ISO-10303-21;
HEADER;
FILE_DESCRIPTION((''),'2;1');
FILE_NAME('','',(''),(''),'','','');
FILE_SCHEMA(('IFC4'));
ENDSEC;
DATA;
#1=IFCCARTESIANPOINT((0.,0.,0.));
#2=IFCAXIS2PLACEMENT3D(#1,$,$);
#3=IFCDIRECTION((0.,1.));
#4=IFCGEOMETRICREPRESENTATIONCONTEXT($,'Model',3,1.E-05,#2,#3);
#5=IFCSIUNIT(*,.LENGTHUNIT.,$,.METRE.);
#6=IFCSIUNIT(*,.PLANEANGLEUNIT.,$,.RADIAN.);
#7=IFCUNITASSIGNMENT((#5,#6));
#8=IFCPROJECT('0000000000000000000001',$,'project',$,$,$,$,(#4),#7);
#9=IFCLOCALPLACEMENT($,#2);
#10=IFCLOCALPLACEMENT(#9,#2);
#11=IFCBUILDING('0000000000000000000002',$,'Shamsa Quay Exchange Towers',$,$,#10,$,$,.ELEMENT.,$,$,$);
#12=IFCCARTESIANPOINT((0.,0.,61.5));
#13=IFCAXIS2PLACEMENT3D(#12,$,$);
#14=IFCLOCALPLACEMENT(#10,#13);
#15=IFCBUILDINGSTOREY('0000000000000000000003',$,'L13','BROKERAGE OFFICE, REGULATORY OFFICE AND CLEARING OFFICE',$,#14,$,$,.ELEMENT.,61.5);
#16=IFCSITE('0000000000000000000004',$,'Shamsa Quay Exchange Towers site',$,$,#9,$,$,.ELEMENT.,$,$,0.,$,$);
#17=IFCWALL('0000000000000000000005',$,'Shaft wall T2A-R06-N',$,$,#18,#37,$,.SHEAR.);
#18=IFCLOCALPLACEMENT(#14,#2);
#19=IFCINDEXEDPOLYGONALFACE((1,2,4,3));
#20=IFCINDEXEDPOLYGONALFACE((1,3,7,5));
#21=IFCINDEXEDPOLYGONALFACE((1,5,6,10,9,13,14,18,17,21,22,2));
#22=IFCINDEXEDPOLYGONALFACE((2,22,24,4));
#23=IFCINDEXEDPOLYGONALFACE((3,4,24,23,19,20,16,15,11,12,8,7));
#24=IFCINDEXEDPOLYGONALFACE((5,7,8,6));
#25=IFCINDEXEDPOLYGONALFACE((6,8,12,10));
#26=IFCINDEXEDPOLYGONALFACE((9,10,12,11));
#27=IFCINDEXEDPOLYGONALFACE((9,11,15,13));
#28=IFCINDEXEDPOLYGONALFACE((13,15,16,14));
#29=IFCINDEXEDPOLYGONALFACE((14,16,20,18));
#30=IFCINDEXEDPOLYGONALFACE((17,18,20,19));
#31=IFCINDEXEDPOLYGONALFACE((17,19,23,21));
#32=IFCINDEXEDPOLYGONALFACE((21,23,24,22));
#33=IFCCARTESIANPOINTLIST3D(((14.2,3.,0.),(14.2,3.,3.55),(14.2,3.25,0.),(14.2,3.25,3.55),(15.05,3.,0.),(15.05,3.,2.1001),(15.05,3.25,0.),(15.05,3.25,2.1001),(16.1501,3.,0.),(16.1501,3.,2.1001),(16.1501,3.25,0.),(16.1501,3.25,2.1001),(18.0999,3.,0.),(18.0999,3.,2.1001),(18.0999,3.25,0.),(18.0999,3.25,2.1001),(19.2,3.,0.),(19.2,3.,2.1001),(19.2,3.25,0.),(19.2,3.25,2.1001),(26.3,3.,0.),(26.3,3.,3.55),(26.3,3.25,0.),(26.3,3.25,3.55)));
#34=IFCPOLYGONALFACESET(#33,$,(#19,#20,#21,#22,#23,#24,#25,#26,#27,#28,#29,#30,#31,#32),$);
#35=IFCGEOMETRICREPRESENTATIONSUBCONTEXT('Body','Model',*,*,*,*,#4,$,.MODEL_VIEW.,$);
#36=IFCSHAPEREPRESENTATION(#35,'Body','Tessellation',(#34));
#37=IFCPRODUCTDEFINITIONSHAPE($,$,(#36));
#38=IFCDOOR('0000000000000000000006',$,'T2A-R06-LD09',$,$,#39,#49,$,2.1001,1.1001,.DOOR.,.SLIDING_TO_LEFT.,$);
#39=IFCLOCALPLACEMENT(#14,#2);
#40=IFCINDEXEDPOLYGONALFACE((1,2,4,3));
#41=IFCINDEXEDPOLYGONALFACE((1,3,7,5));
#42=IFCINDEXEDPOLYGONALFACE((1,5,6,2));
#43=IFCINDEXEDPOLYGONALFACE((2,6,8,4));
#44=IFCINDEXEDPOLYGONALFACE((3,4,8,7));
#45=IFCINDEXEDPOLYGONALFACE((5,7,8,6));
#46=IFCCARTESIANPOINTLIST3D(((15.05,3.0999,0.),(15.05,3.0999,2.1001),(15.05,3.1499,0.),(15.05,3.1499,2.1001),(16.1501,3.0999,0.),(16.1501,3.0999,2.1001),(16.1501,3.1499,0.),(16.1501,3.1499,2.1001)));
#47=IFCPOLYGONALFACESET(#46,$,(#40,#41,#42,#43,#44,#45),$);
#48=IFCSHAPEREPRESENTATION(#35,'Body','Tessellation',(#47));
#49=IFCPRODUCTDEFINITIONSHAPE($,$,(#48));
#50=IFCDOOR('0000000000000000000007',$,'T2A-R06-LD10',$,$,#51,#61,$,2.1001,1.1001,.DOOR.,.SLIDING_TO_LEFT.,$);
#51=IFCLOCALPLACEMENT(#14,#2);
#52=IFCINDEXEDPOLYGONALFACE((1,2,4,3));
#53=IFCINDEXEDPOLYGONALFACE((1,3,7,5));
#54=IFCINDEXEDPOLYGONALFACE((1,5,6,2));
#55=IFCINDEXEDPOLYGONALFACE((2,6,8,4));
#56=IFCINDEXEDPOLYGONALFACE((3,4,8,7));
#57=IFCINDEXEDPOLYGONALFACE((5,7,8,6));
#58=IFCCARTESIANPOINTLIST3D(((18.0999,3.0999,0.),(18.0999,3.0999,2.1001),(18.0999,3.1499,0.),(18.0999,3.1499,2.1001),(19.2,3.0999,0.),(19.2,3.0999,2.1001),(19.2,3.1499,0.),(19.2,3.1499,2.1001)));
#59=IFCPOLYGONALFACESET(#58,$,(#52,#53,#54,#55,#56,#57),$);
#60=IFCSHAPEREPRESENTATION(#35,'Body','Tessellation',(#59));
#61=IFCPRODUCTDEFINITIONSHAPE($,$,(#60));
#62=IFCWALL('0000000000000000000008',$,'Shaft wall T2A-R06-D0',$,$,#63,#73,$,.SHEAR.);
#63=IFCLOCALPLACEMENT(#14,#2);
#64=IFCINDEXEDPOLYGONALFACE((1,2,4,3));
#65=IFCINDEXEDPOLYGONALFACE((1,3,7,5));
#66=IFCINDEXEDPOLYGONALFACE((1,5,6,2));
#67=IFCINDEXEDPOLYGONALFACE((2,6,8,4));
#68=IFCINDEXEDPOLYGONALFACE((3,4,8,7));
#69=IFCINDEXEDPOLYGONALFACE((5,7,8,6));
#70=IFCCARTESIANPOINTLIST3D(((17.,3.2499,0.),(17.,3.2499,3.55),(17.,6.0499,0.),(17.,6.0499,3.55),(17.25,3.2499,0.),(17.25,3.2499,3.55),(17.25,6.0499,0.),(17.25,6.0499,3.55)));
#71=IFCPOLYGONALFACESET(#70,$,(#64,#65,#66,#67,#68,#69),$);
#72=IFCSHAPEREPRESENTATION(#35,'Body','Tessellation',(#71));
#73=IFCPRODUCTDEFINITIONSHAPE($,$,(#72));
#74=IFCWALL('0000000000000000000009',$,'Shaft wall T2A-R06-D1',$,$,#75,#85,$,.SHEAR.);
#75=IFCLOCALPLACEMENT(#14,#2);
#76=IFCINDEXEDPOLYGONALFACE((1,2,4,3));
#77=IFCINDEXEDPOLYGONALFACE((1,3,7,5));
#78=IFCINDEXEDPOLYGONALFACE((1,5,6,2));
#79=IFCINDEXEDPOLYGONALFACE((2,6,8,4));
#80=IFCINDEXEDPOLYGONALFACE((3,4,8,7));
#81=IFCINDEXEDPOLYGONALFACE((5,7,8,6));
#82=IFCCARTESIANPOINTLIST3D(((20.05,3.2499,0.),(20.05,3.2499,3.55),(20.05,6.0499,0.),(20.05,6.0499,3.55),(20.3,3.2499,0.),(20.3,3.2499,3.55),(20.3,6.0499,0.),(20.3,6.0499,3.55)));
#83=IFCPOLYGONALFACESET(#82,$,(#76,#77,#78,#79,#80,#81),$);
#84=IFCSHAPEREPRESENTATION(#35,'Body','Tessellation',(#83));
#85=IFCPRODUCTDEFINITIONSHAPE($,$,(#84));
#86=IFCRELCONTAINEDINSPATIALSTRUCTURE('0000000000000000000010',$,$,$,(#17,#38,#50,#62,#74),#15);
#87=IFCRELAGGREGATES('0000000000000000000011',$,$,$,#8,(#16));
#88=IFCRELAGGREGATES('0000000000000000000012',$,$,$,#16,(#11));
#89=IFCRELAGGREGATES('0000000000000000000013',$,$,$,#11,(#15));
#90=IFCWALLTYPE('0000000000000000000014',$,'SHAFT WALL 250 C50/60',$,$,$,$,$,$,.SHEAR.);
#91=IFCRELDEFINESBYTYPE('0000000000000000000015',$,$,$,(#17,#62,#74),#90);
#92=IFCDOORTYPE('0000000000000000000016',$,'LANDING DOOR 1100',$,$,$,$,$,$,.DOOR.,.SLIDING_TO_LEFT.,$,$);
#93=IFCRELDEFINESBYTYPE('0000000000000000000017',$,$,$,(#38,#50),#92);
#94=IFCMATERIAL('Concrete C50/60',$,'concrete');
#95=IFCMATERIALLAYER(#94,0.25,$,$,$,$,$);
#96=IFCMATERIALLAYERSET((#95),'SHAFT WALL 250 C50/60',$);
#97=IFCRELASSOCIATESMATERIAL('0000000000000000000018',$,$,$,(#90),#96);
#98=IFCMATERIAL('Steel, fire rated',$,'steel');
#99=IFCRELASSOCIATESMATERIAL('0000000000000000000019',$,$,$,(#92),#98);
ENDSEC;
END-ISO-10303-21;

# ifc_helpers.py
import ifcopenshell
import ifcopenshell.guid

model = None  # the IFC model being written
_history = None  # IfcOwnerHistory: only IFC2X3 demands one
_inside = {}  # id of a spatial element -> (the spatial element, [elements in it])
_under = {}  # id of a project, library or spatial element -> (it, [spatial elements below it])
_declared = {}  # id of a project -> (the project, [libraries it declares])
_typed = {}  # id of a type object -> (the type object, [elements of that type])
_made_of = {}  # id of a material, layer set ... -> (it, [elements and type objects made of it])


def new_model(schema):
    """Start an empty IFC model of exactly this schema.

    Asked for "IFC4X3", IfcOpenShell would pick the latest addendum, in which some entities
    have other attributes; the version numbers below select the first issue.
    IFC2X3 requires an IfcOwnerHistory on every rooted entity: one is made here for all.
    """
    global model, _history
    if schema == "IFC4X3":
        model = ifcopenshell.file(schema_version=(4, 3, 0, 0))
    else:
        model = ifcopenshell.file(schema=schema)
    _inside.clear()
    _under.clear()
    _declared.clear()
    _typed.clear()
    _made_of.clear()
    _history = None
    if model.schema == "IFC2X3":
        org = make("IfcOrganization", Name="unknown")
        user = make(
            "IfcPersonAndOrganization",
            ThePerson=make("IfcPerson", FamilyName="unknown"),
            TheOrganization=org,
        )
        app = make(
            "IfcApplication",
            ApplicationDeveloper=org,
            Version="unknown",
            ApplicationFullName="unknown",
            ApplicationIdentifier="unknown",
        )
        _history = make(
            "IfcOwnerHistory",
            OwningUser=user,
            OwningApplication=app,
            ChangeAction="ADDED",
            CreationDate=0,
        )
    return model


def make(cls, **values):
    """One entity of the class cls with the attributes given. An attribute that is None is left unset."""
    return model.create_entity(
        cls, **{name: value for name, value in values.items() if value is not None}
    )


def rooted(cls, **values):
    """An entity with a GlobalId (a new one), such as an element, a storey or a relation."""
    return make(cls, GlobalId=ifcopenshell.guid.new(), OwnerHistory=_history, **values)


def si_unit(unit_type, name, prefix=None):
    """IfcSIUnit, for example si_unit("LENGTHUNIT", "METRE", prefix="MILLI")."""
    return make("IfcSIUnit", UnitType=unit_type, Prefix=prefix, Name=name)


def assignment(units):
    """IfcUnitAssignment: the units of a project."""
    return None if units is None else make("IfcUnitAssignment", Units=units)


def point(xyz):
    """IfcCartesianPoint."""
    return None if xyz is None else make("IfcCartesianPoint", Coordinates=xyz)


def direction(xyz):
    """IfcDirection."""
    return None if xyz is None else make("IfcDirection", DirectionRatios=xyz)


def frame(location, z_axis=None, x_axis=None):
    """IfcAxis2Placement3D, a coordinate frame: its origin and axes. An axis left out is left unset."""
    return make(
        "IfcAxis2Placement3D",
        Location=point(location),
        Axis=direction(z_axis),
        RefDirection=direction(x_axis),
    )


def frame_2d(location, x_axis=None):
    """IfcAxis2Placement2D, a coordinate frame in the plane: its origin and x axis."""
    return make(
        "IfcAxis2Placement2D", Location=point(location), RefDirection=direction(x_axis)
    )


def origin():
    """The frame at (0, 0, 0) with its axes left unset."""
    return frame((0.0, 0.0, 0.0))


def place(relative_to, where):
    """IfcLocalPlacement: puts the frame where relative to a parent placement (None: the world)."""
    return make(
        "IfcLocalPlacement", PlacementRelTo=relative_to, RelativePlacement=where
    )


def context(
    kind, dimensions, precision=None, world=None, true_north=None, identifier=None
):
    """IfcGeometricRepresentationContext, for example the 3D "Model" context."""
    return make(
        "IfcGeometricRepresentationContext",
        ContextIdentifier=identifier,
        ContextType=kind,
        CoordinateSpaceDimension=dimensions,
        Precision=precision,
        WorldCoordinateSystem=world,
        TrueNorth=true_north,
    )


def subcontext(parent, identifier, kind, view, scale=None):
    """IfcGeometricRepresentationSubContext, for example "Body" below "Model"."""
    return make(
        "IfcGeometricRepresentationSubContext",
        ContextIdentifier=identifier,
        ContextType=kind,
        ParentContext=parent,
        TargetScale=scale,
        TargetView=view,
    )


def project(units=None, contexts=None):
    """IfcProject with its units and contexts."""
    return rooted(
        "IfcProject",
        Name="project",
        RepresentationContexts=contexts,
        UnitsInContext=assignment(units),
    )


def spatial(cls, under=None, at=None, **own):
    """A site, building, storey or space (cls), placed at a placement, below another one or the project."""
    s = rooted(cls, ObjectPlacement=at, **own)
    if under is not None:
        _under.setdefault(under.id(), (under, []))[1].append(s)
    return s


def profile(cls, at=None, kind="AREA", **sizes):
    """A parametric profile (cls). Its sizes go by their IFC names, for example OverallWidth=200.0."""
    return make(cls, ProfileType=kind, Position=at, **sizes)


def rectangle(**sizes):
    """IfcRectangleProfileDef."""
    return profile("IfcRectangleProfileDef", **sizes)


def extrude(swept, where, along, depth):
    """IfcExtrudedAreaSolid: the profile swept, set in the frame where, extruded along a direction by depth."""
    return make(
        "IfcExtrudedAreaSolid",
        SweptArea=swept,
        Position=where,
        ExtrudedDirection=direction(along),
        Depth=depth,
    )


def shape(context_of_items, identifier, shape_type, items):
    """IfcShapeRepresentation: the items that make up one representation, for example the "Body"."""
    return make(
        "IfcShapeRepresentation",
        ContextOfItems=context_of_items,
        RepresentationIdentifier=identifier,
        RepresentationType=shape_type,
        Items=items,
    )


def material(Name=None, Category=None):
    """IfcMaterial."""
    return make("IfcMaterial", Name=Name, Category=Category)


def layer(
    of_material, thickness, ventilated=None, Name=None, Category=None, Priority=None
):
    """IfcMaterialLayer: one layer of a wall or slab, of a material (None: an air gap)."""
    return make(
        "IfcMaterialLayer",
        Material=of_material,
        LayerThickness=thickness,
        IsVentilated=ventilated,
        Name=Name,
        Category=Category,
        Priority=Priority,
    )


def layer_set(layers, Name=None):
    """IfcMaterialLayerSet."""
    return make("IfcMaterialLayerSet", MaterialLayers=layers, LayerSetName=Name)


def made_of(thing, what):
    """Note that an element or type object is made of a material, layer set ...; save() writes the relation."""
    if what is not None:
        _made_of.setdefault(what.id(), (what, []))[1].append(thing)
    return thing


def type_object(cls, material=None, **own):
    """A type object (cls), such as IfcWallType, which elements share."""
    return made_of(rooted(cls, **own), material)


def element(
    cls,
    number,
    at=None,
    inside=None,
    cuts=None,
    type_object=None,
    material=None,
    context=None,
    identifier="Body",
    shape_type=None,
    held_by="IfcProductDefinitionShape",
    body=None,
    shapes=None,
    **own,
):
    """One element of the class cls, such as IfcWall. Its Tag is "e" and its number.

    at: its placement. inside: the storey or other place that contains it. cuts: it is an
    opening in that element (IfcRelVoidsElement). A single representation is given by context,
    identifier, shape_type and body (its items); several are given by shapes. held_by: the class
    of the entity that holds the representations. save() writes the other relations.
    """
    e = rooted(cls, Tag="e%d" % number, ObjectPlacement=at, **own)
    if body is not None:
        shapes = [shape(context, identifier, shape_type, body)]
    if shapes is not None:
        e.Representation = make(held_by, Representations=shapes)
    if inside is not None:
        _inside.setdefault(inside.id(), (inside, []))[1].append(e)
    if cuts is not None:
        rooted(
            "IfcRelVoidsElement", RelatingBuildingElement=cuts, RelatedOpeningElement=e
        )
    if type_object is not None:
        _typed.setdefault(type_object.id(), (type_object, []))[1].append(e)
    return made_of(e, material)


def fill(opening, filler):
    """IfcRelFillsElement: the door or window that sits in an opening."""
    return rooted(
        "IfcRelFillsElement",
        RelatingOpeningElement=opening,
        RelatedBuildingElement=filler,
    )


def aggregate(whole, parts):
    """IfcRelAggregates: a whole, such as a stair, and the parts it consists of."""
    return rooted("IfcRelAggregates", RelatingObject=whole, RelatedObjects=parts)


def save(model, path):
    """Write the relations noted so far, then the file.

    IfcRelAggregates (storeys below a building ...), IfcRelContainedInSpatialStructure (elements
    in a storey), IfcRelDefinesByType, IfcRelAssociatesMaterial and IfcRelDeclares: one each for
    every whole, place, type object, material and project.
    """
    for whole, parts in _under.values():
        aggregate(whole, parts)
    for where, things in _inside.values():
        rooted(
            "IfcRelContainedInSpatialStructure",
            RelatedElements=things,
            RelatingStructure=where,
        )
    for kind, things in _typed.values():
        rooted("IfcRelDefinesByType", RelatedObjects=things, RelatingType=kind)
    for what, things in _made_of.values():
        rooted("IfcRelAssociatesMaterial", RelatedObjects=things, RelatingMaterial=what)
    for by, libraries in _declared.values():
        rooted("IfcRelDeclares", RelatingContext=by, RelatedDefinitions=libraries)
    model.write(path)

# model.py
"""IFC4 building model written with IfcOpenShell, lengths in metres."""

from ifc_helpers import new_model, si_unit, direction, frame, frame_2d, origin, place, context, subcontext, project, spatial, rectangle, extrude, material, layer, layer_set, type_object, element, fill, save


model = new_model("IFC4")

# Units and contexts
model_context = context("Model", 3, precision=1e-05, world=origin(), true_north=direction((0.0, 1.0)))
body_context = subcontext(model_context, "Body", "Model", "MODEL_VIEW")
ifc_project = project(units=[si_unit("LENGTHUNIT", "METRE"), si_unit("PLANEANGLEUNIT", "RADIAN")], contexts=[model_context])

# Site, building, storey
site_placement = place(None, origin())
site = spatial("IfcSite", under=ifc_project, at=site_placement, Name="Shamsa Quay Exchange Towers site", CompositionType="ELEMENT", RefElevation=0.0)
building_placement = place(site_placement, origin())
building = spatial("IfcBuilding", under=site, at=building_placement, Name="Shamsa Quay Exchange Towers", CompositionType="ELEMENT")
storey_placement = place(building_placement, frame((0.0, 0.0, 61.5)))
storey = spatial("IfcBuildingStorey", under=building, at=storey_placement, Name="L13", Description="BROKERAGE OFFICE, REGULATORY OFFICE AND CLEARING OFFICE", CompositionType="ELEMENT", Elevation=61.5)

# Shared definitions
ifc_material_1 = material(Name="Concrete C50/60", Category="concrete")

# Shared definitions
ifc_material_2 = material(Name="Steel, fire rated", Category="steel")

# Wall, openings, doors
ifc_layer_1 = layer(ifc_material_1, 0.25)
ifc_layer_set_1 = layer_set([ifc_layer_1], Name="SHAFT WALL 250 C50/60")
wall_type_1 = type_object("IfcWallType", Name="SHAFT WALL 250 C50/60", PredefinedType="SHEAR", material=ifc_layer_set_1)
wall_1_placement = place(storey_placement, frame((14.2, 3.125, 0.0)))
wall_1 = element("IfcWall", 1, at=wall_1_placement, inside=storey, type_object=wall_type_1, Name="Shaft wall T2A-R06-N", PredefinedType="SHEAR", context=body_context, shape_type="SweptSolid", body=[
    extrude(rectangle(XDim=12.1001, YDim=0.25, at=frame_2d((6.05, 0.0))), origin(), (0.0, 0.0, 1.0), 3.55),
])
opening_1_placement = place(wall_1_placement, frame((0.8501, 0.0, 0.0)))
opening_1 = element("IfcOpeningElement", 2, at=opening_1_placement, cuts=wall_1, PredefinedType="OPENING", context=body_context, shape_type="SweptSolid", body=[
    extrude(rectangle(XDim=1.1001, YDim=2.1001, at=frame_2d((0.55, 1.05))), frame((0.0, 0.135, 0.0), z_axis=(0.0, -1.0, 0.0), x_axis=(1.0, 0.0, 0.0)), (0.0, 0.0, 1.0), 0.27),
])
opening_2_placement = place(wall_1_placement, frame((3.8999, 0.0, 0.0)))
opening_2 = element("IfcOpeningElement", 3, at=opening_2_placement, cuts=wall_1, PredefinedType="OPENING", context=body_context, shape_type="SweptSolid", body=[
    extrude(rectangle(XDim=1.1001, YDim=2.1001, at=frame_2d((0.55, 1.05))), frame((0.0, 0.135, 0.0), z_axis=(0.0, -1.0, 0.0), x_axis=(1.0, 0.0, 0.0)), (0.0, 0.0, 1.0), 0.27),
])
door_type_1 = type_object("IfcDoorType", Name="LANDING DOOR 1100", OperationType="SLIDING_TO_LEFT", PredefinedType="DOOR", material=ifc_material_2)
door_1_placement = place(opening_1_placement, origin())
door_1 = element("IfcDoor", 4, at=door_1_placement, inside=storey, type_object=door_type_1, Name="T2A-R06-LD09", OperationType="SLIDING_TO_LEFT", OverallHeight=2.1001, OverallWidth=1.1001, PredefinedType="DOOR", context=body_context, shape_type="SweptSolid", body=[
    extrude(rectangle(XDim=1.1001, YDim=2.1001, at=frame_2d((0.55, 1.05))), frame((0.0, 0.0249, 0.0), z_axis=(0.0, -1.0, 0.0), x_axis=(1.0, 0.0, 0.0)), (0.0, 0.0, 1.0), 0.05),
])
fill(opening_1, door_1)
door_2_placement = place(opening_2_placement, origin())
door_2 = element("IfcDoor", 5, at=door_2_placement, inside=storey, type_object=door_type_1, Name="T2A-R06-LD10", OperationType="SLIDING_TO_LEFT", OverallHeight=2.1001, OverallWidth=1.1001, PredefinedType="DOOR", context=body_context, shape_type="SweptSolid", body=[
    extrude(rectangle(XDim=1.1001, YDim=2.1001, at=frame_2d((0.55, 1.05))), frame((0.0, 0.0249, 0.0), z_axis=(0.0, -1.0, 0.0), x_axis=(1.0, 0.0, 0.0)), (0.0, 0.0, 1.0), 0.05),
])
fill(opening_2, door_2)

# Walls
for number, where, z_axis, x_axis, name in (
    (6, (17.125, 3.25, 0.0), (0.0, 0.0, 1.0), (0.0, 1.0, 0.0), "Shaft wall T2A-R06-D0"),
    (7, (20.175, 3.25, 0.0), (0.0, 0.0, 1.0), (0.0, 1.0, 0.0), "Shaft wall T2A-R06-D1"),
):
    element("IfcWall", number, at=place(storey_placement, frame(where, z_axis=z_axis, x_axis=x_axis)), inside=storey, type_object=wall_type_1, Name=name, PredefinedType="SHEAR", context=body_context, shape_type="SweptSolid", body=[
        extrude(rectangle(XDim=2.8, YDim=0.25, at=frame_2d((1.3999, 0.0))), origin(), (0.0, 0.0, 1.0), 3.55),
    ])

save(model, "model.ifc")
